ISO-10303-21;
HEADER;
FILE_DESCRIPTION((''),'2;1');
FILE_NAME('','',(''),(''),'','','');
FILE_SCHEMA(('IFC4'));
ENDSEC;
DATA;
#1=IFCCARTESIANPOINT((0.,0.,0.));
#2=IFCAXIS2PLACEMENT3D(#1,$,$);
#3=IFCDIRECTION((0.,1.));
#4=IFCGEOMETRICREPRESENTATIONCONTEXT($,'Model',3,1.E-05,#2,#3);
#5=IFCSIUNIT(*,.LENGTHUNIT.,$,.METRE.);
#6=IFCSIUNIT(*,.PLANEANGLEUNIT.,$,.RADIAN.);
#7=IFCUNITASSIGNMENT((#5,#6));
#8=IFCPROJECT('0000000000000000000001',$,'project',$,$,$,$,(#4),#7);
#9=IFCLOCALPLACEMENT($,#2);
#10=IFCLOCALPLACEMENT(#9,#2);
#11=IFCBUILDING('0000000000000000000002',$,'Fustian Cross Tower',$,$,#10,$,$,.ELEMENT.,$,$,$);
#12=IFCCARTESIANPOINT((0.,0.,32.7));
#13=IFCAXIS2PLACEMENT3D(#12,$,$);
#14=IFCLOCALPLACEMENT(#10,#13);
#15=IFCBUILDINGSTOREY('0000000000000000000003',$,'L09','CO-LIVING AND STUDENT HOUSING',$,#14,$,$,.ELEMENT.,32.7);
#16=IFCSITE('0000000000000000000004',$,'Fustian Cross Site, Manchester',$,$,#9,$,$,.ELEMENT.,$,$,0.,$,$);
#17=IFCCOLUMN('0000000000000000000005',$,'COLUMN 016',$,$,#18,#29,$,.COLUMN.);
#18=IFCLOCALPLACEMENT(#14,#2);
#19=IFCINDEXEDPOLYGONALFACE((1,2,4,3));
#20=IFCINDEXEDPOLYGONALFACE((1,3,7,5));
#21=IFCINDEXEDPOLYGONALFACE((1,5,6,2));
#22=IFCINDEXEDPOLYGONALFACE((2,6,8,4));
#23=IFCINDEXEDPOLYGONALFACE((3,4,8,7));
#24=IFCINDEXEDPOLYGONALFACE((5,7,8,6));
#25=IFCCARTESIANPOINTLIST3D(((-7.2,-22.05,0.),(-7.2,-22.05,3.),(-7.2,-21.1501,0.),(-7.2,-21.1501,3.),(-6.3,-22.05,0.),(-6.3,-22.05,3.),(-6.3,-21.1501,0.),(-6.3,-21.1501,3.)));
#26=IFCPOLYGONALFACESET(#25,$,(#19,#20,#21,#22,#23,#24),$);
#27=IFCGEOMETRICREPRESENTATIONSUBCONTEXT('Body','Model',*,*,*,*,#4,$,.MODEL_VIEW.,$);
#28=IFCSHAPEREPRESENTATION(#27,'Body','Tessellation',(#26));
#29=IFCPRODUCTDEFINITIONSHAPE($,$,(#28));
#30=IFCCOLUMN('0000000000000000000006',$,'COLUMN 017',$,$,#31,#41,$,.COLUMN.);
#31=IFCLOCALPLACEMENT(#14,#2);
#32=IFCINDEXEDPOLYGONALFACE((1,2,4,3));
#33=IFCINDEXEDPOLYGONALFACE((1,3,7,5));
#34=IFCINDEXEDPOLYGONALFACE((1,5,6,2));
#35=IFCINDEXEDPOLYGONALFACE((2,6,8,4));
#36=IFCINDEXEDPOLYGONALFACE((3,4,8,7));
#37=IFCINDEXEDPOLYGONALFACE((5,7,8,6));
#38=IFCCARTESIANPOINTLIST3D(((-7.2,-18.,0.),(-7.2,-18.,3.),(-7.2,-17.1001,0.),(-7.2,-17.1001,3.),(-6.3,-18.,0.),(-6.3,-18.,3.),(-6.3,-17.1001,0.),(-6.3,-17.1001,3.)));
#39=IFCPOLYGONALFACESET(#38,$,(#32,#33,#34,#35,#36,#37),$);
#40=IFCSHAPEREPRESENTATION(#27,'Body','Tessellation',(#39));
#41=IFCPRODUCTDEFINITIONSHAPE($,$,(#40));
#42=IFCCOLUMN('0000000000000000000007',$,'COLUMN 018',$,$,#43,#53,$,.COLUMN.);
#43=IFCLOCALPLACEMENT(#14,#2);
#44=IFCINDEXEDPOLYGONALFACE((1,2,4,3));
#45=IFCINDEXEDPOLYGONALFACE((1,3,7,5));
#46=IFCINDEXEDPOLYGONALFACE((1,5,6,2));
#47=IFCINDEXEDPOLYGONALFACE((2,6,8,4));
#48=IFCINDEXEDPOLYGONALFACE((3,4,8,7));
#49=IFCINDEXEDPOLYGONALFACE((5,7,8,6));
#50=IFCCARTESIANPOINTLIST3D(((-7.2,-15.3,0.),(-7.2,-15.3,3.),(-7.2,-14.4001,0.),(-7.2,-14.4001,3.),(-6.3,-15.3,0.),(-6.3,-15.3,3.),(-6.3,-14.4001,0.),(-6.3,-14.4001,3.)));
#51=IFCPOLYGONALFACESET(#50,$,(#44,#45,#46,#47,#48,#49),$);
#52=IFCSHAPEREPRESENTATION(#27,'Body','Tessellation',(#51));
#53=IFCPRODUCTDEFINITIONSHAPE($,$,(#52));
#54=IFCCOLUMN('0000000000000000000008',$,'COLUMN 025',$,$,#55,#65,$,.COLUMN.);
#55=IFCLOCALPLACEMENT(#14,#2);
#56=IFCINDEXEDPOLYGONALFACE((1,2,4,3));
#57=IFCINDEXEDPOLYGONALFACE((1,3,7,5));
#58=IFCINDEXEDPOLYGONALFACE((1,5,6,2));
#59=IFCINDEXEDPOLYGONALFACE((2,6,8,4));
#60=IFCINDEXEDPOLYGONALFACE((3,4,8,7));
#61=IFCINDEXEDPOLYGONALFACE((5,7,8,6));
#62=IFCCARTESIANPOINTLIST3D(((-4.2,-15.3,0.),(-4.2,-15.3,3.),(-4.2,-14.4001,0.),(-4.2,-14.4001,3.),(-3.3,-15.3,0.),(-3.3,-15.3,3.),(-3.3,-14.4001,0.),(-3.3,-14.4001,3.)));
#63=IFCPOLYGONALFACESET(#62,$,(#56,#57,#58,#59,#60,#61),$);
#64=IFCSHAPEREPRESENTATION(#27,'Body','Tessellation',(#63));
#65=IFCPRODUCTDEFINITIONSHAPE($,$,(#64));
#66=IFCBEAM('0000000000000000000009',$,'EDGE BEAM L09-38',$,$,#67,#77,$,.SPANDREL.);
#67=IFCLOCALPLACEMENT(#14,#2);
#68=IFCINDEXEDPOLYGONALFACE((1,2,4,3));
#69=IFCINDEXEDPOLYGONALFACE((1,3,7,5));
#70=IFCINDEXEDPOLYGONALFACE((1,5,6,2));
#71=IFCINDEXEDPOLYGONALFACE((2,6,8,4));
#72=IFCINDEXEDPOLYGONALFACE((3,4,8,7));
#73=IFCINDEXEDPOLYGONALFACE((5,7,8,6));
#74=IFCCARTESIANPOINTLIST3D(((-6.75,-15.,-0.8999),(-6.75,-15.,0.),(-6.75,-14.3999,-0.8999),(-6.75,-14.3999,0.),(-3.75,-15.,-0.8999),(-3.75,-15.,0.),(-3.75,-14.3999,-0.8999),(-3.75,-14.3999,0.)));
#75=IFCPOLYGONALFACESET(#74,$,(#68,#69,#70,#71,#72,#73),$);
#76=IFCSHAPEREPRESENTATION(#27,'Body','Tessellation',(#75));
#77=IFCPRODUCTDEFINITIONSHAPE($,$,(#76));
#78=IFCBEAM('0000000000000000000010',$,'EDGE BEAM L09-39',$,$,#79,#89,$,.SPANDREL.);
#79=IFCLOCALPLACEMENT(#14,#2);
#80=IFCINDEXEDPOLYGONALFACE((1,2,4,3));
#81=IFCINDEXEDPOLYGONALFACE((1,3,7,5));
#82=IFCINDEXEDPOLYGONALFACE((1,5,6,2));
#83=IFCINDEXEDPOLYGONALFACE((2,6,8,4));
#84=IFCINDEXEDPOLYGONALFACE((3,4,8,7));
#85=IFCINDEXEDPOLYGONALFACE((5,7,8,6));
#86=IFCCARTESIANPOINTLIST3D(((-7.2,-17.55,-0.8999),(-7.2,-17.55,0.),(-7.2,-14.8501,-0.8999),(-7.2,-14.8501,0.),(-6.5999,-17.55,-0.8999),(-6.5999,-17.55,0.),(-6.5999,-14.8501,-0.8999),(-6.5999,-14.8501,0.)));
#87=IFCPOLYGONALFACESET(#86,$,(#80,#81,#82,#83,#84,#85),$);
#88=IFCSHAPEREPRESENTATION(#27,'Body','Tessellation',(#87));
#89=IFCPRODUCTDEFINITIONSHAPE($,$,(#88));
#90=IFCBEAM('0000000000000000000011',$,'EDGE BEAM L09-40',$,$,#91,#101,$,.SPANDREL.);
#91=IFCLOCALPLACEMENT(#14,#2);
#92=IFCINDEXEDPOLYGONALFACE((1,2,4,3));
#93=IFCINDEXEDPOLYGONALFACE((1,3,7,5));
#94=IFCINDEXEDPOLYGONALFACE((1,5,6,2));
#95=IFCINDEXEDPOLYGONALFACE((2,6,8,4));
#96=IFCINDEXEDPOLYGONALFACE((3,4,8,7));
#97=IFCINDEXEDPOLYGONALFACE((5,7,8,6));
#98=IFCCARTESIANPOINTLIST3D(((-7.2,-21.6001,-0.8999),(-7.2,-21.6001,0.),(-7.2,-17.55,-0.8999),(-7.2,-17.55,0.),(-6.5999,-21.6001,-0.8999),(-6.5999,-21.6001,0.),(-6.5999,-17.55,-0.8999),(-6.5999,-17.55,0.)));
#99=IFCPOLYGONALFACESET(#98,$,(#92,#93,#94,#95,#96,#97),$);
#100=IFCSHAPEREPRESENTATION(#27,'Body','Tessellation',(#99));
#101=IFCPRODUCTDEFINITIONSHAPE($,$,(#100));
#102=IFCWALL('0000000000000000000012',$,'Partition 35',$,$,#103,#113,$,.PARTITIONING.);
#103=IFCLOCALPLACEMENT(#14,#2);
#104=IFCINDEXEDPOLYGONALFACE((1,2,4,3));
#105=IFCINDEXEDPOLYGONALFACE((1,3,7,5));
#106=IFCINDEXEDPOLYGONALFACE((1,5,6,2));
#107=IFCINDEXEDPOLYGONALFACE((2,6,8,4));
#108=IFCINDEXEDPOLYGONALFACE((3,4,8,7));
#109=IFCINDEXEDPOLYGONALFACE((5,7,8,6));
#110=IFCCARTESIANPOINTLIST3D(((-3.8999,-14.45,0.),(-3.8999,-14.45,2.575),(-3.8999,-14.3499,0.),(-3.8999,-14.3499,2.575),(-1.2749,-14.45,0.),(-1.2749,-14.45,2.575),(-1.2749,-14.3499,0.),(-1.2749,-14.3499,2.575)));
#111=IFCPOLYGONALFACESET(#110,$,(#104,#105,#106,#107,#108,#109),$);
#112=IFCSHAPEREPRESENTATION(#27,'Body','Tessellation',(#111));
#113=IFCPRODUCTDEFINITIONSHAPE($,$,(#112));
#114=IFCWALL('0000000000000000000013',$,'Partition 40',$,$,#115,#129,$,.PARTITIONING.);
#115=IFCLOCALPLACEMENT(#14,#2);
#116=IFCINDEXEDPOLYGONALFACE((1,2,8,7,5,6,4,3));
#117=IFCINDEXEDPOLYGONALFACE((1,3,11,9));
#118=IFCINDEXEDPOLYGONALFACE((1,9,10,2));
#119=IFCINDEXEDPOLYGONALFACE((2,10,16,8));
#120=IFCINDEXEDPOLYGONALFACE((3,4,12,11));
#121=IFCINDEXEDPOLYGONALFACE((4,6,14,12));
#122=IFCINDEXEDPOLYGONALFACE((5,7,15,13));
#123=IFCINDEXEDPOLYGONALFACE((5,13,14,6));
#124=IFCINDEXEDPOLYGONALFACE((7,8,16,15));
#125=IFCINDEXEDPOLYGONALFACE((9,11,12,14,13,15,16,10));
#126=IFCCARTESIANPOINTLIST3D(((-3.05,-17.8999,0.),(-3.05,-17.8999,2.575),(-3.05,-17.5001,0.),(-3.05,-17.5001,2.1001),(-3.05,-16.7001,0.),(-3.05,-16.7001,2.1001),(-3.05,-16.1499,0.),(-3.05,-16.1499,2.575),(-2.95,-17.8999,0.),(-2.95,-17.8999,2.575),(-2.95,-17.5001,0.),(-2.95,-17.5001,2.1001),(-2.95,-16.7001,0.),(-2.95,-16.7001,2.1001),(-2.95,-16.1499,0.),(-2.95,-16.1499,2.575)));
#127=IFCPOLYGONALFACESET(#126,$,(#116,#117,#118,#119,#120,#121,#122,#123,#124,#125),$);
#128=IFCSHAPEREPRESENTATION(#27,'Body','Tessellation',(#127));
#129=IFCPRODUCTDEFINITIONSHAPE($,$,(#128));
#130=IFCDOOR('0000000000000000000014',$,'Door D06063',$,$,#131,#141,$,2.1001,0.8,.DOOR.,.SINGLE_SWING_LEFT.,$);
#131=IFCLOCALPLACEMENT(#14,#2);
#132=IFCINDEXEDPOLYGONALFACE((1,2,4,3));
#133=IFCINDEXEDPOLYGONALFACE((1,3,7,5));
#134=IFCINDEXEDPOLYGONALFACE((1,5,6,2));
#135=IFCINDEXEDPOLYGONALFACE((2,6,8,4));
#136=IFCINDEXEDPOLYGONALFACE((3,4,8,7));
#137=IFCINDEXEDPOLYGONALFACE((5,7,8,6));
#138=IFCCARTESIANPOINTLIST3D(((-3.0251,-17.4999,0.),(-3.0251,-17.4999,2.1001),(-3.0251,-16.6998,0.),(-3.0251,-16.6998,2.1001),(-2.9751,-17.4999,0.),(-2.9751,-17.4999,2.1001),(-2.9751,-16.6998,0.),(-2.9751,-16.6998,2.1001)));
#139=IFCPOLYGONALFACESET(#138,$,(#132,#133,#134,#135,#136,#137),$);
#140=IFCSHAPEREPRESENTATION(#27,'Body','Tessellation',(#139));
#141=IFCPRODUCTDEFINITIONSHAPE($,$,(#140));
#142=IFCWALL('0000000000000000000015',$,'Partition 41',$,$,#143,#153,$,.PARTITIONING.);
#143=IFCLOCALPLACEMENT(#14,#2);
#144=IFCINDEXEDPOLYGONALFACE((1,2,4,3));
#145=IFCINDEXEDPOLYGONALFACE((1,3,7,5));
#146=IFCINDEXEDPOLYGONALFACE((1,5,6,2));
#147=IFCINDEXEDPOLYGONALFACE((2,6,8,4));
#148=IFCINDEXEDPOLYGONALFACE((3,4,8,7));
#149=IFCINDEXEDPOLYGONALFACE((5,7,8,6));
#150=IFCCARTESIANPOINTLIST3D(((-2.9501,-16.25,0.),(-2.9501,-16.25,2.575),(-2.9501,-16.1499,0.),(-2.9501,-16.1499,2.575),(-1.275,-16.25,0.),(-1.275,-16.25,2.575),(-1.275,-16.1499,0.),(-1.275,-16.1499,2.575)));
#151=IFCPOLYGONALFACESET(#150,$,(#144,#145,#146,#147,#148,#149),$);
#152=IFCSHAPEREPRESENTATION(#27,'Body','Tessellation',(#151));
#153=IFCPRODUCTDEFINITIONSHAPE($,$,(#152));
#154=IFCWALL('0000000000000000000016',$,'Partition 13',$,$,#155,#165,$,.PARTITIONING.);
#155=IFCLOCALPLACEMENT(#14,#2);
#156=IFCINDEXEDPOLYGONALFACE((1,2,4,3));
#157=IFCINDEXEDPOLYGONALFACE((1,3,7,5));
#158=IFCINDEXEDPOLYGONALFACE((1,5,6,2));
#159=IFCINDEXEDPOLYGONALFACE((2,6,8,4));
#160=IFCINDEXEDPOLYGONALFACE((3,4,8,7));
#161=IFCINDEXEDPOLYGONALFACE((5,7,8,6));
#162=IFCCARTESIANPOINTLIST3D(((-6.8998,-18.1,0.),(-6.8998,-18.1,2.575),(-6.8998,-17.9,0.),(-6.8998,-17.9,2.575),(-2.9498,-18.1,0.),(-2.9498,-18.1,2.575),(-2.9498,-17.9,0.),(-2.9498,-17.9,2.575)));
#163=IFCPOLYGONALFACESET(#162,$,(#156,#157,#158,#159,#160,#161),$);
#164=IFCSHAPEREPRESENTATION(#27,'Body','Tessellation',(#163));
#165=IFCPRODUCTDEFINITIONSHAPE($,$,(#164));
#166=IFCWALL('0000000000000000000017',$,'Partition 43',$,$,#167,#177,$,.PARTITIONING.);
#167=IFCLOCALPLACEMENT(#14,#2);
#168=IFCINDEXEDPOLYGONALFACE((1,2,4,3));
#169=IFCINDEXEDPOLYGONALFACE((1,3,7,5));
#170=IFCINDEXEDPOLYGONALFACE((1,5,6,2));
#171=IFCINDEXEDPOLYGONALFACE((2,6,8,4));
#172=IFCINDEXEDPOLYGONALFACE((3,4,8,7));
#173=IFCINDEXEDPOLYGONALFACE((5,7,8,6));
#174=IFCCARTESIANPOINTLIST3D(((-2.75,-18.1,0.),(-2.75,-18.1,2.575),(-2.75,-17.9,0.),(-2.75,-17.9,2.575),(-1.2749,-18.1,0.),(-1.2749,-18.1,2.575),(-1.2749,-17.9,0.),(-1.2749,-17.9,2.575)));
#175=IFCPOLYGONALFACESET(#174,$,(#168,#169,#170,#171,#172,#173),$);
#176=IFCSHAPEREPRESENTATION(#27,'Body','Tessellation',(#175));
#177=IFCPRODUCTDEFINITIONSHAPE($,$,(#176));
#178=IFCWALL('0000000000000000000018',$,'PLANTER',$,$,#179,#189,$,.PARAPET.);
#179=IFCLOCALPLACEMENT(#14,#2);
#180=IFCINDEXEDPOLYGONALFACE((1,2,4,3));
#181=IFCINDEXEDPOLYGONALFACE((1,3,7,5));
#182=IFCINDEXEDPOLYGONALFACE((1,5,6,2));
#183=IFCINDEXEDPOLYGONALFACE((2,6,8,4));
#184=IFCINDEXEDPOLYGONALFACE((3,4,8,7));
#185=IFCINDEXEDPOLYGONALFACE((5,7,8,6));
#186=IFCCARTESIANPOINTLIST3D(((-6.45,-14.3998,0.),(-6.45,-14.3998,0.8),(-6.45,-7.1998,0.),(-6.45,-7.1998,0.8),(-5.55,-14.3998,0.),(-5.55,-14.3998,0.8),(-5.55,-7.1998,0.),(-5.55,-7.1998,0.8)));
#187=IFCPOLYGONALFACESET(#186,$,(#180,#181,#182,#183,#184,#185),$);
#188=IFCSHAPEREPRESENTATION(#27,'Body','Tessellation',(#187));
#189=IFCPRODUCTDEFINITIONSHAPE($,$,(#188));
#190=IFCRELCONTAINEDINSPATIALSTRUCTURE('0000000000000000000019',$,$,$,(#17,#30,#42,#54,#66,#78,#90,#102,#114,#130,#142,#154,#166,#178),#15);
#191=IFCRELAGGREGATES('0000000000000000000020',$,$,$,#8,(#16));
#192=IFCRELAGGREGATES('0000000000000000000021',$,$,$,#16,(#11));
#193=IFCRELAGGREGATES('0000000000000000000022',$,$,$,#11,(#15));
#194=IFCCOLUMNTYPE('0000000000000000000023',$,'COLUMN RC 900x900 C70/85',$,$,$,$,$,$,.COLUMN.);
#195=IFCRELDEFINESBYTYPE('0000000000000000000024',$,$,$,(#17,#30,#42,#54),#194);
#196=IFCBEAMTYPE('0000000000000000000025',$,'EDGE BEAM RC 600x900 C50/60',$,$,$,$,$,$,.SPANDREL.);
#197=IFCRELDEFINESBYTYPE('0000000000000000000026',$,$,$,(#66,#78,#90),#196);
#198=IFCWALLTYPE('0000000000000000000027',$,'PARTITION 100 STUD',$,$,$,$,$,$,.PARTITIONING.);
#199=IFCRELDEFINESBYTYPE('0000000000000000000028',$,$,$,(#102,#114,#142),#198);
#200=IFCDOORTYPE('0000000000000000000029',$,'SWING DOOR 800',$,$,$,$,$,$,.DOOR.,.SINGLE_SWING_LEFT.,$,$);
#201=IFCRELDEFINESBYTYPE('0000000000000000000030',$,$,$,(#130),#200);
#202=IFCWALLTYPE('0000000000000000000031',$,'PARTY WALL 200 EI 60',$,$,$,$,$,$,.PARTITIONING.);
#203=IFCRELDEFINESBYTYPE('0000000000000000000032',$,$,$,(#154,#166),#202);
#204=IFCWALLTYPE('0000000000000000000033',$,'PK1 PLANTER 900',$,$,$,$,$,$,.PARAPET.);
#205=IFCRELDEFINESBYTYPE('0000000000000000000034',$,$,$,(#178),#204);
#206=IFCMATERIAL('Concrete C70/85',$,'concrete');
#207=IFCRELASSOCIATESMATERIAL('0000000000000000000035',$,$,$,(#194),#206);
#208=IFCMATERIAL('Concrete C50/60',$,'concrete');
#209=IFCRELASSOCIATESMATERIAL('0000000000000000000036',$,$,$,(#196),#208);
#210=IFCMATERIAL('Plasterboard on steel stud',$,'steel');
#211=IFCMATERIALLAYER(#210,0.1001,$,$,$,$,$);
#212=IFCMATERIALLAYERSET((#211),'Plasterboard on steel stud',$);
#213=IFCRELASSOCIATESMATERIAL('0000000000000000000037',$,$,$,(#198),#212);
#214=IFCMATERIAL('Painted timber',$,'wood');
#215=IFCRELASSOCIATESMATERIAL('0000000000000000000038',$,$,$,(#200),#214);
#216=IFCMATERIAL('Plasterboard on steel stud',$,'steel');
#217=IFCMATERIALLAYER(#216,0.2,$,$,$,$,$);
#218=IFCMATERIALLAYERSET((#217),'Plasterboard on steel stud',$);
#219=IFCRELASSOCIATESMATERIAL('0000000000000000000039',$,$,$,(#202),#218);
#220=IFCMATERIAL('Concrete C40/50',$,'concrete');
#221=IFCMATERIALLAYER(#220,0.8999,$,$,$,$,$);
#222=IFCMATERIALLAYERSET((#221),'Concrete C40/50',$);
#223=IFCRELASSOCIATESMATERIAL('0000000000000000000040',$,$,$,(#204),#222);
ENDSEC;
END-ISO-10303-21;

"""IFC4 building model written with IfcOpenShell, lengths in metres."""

from ifc_helpers import new_model, si_unit, direction, frame, frame_2d, origin, origin_2d, place, context, subcontext, project, spatial, rectangle, extrude, material, layer, layer_set, material_profile, profile_set, type_object, element, fill, save


model = new_model("IFC4")

# Units and contexts
model_context = context("Model", 3, precision=1e-05, world=origin(), true_north=direction((0.0, 1.0)))
body_context = subcontext(model_context, "Body", "Model", "MODEL_VIEW")
ifc_project = project(units=[si_unit("LENGTHUNIT", "METRE"), si_unit("PLANEANGLEUNIT", "RADIAN")], contexts=[model_context])

# Site, building, storey
site_placement = place(None, origin())
site = spatial("IfcSite", under=ifc_project, at=site_placement, Name="Fustian Cross Site, Manchester", CompositionType="ELEMENT", RefElevation=0.0)
building_placement = place(site_placement, origin())
building = spatial("IfcBuilding", under=site, at=building_placement, Name="Fustian Cross Tower", CompositionType="ELEMENT")
storey_placement = place(building_placement, frame((0.0, 0.0, 32.7)))
storey = spatial("IfcBuildingStorey", under=building, at=storey_placement, Name="L09", Description="CO-LIVING AND STUDENT HOUSING", CompositionType="ELEMENT", Elevation=32.7)

# Columns
ifc_material_1 = material(Name="Concrete C70/85", Category="concrete")
ifc_material_profile_1 = material_profile(ifc_material_1, rectangle(XDim=0.8999, YDim=0.8999, at=origin_2d()), Name="RC 900x900")
ifc_profile_set_1 = profile_set([ifc_material_profile_1], Name="Concrete C70/85")
column_type = type_object("IfcColumnType", Name="COLUMN RC 900x900 C70/85", PredefinedType="COLUMN", material=ifc_profile_set_1)
for number, where, z_axis, x_axis, name in (
    (1, (-6.75, -21.6001, 0.0), (0.0, 0.0, 1.0), (1.0, 0.0, 0.0), "COLUMN 016"),
    (2, (-6.75, -17.55, 0.0), (0.0, 0.0, 1.0), (1.0, 0.0, 0.0), "COLUMN 017"),
    (3, (-6.75, -14.8501, 0.0), (0.0, 0.0, 1.0), (1.0, 0.0, 0.0), "COLUMN 018"),
    (4, (-3.75, -14.8501, 0.0), (0.0, 0.0, 1.0), (1.0, 0.0, 0.0), "COLUMN 025"),
):
    element("IfcColumn", number, at=place(storey_placement, frame(where, z_axis=z_axis, x_axis=x_axis)), inside=storey, type_object=column_type, Name=name, PredefinedType="COLUMN", context=body_context, shape_type="SweptSolid", body=[
        extrude(rectangle(XDim=0.8999, YDim=0.8999, at=origin_2d()), origin(), (0.0, 0.0, 1.0), 3.0),
    ])

# Beams
ifc_material_2 = material(Name="Concrete C50/60", Category="concrete")
ifc_material_profile_2 = material_profile(ifc_material_2, rectangle(XDim=0.6001, YDim=0.8999, at=origin_2d()), Name="RC 600x900")
ifc_profile_set_2 = profile_set([ifc_material_profile_2], Name="Concrete C50/60")
beam_type = type_object("IfcBeamType", Name="EDGE BEAM RC 600x900 C50/60", PredefinedType="SPANDREL", material=ifc_profile_set_2)
beam_1_placement = place(storey_placement, frame((-3.75, -14.7, -0.45), z_axis=(-1.0, 0.0, 0.0), x_axis=(0.0, -1.0, 0.0)))
element("IfcBeam", 5, at=beam_1_placement, inside=storey, type_object=beam_type, Name="EDGE BEAM L09-38", PredefinedType="SPANDREL", context=body_context, shape_type="SweptSolid", body=[
    extrude(rectangle(XDim=0.6001, YDim=0.8999, at=origin_2d()), origin(), (0.0, 0.0, 1.0), 3.0),
])
beam_2_placement = place(storey_placement, frame((-6.8999, -14.8501, -0.45), z_axis=(0.0, -1.0, 0.0), x_axis=(1.0, 0.0, 0.0)))
element("IfcBeam", 6, at=beam_2_placement, inside=storey, type_object=beam_type, Name="EDGE BEAM L09-39", PredefinedType="SPANDREL", context=body_context, shape_type="SweptSolid", body=[
    extrude(rectangle(XDim=0.6001, YDim=0.8999, at=origin_2d()), origin(), (0.0, 0.0, 1.0), 2.7),
])
beam_3_placement = place(storey_placement, frame((-6.8999, -17.55, -0.45), z_axis=(0.0, -1.0, 0.0), x_axis=(1.0, 0.0, 0.0)))
element("IfcBeam", 7, at=beam_3_placement, inside=storey, type_object=beam_type, Name="EDGE BEAM L09-40", PredefinedType="SPANDREL", context=body_context, shape_type="SweptSolid", body=[
    extrude(rectangle(XDim=0.6001, YDim=0.8999, at=origin_2d()), origin(), (0.0, 0.0, 1.0), 4.05),
])

# Wall
ifc_material_3 = material(Name="Plasterboard on steel stud", Category="steel")
ifc_layer_1 = layer(ifc_material_3, 0.1001)
ifc_layer_set_1 = layer_set([ifc_layer_1], Name="Plasterboard on steel stud")
wall_type_1 = type_object("IfcWallType", Name="PARTITION 100 STUD", PredefinedType="PARTITIONING", material=ifc_layer_set_1)
wall_1_placement = place(storey_placement, frame((-3.8999, -14.3999, 0.0), z_axis=(0.0, 0.0, 1.0), x_axis=(1.0, 0.0, 0.0)))
element("IfcWall", 8, at=wall_1_placement, inside=storey, type_object=wall_type_1, Name="Partition 35", PredefinedType="PARTITIONING", context=body_context, shape_type="SweptSolid", body=[
    extrude(rectangle(XDim=2.625, YDim=0.1001, at=frame_2d((1.3125, 0.0))), origin(), (0.0, 0.0, 1.0), 2.575),
])

# Wall, opening, door
wall_2_placement = place(storey_placement, frame((-3.0, -17.8999, 0.0), z_axis=(0.0, 0.0, 1.0), x_axis=(0.0, 1.0, 0.0)))
wall_2 = element("IfcWall", 9, at=wall_2_placement, inside=storey, type_object=wall_type_1, Name="Partition 40", PredefinedType="PARTITIONING", context=body_context, shape_type="SweptSolid", body=[
    extrude(rectangle(XDim=1.75, YDim=0.1001, at=frame_2d((0.875, 0.0))), origin(), (0.0, 0.0, 1.0), 2.575),
])
opening_1_placement = place(wall_2_placement, frame((0.3999, 0.0, 0.0)))
opening_1 = element("IfcOpeningElement", 10, at=opening_1_placement, cuts=wall_2, PredefinedType="OPENING", context=body_context, shape_type="SweptSolid", body=[
    extrude(rectangle(XDim=0.8, YDim=2.1001, at=frame_2d((0.3999, 1.05))), frame((0.0, 0.0601, 0.0), z_axis=(0.0, -1.0, 0.0), x_axis=(1.0, 0.0, 0.0)), (0.0, 0.0, 1.0), 0.1201),
])
ifc_material_4 = material(Name="Painted timber", Category="wood")
door_type = type_object("IfcDoorType", Name="SWING DOOR 800", OperationType="SINGLE_SWING_LEFT", PredefinedType="DOOR", material=ifc_material_4)
door_placement = place(opening_1_placement, frame((0.8, 0.0, 0.0), z_axis=(0.0, 0.0, 1.0), x_axis=(-1.0, 0.0, 0.0)))
door = element("IfcDoor", 11, at=door_placement, inside=storey, type_object=door_type, Name="Door D06063", OperationType="SINGLE_SWING_LEFT", OverallHeight=2.1001, OverallWidth=0.8, PredefinedType="DOOR", context=body_context, shape_type="SweptSolid", body=[
    extrude(rectangle(XDim=0.8, YDim=2.1001, at=frame_2d((0.3999, 1.05))), frame((0.0, 0.0249, 0.0), z_axis=(0.0, -1.0, 0.0), x_axis=(1.0, 0.0, 0.0)), (0.0, 0.0, 1.0), 0.05),
])
fill(opening_1, door)

# Walls
wall_3_placement = place(storey_placement, frame((-2.95, -16.2, 0.0), z_axis=(0.0, 0.0, 1.0), x_axis=(1.0, 0.0, 0.0)))
element("IfcWall", 12, at=wall_3_placement, inside=storey, type_object=wall_type_1, Name="Partition 41", PredefinedType="PARTITIONING", context=body_context, shape_type="SweptSolid", body=[
    extrude(rectangle(XDim=1.675, YDim=0.1001, at=frame_2d((0.8374, 0.0))), origin(), (0.0, 0.0, 1.0), 2.575),
])
ifc_material_5 = material(Name="Plasterboard on steel stud", Category="steel")
ifc_layer_2 = layer(ifc_material_5, 0.2)
ifc_layer_set_2 = layer_set([ifc_layer_2], Name="Plasterboard on steel stud")
wall_type_2 = type_object("IfcWallType", Name="PARTY WALL 200 EI 60", PredefinedType="PARTITIONING", material=ifc_layer_set_2)
wall_4_placement = place(storey_placement, frame((-6.8999, -18.0, 0.0), z_axis=(0.0, 0.0, 1.0), x_axis=(1.0, 0.0, 0.0)))
element("IfcWall", 13, at=wall_4_placement, inside=storey, type_object=wall_type_2, Name="Partition 13", PredefinedType="PARTITIONING", context=body_context, shape_type="SweptSolid", body=[
    extrude(rectangle(XDim=3.95, YDim=0.2, at=frame_2d((1.9751, 0.0))), origin(), (0.0, 0.0, 1.0), 2.575),
])
wall_5_placement = place(storey_placement, frame((-2.75, -18.0, 0.0), z_axis=(0.0, 0.0, 1.0), x_axis=(1.0, 0.0, 0.0)))
element("IfcWall", 14, at=wall_5_placement, inside=storey, type_object=wall_type_2, Name="Partition 43", PredefinedType="PARTITIONING", context=body_context, shape_type="SweptSolid", body=[
    extrude(rectangle(XDim=1.4751, YDim=0.2, at=frame_2d((0.7375, 0.0))), origin(), (0.0, 0.0, 1.0), 2.575),
])
ifc_material_6 = material(Name="Concrete C40/50", Category="concrete")
ifc_layer_3 = layer(ifc_material_6, 0.8999)
ifc_layer_set_3 = layer_set([ifc_layer_3], Name="Concrete C40/50")
wall_type_3 = type_object("IfcWallType", Name="PK1 PLANTER 900", PredefinedType="PARAPET", material=ifc_layer_set_3)
wall_6_placement = place(storey_placement, frame((-6.0, -14.3999, 0.0), z_axis=(0.0, 0.0, 1.0), x_axis=(0.0, 1.0, 0.0)))
element("IfcWall", 15, at=wall_6_placement, inside=storey, type_object=wall_type_3, Name="PLANTER", PredefinedType="PARAPET", context=body_context, shape_type="SweptSolid", body=[
    extrude(rectangle(XDim=7.2, YDim=0.8999, at=frame_2d((3.6001, 0.0))), origin(), (0.0, 0.0, 1.0), 0.8),
])

save(model, "model.ifc")
